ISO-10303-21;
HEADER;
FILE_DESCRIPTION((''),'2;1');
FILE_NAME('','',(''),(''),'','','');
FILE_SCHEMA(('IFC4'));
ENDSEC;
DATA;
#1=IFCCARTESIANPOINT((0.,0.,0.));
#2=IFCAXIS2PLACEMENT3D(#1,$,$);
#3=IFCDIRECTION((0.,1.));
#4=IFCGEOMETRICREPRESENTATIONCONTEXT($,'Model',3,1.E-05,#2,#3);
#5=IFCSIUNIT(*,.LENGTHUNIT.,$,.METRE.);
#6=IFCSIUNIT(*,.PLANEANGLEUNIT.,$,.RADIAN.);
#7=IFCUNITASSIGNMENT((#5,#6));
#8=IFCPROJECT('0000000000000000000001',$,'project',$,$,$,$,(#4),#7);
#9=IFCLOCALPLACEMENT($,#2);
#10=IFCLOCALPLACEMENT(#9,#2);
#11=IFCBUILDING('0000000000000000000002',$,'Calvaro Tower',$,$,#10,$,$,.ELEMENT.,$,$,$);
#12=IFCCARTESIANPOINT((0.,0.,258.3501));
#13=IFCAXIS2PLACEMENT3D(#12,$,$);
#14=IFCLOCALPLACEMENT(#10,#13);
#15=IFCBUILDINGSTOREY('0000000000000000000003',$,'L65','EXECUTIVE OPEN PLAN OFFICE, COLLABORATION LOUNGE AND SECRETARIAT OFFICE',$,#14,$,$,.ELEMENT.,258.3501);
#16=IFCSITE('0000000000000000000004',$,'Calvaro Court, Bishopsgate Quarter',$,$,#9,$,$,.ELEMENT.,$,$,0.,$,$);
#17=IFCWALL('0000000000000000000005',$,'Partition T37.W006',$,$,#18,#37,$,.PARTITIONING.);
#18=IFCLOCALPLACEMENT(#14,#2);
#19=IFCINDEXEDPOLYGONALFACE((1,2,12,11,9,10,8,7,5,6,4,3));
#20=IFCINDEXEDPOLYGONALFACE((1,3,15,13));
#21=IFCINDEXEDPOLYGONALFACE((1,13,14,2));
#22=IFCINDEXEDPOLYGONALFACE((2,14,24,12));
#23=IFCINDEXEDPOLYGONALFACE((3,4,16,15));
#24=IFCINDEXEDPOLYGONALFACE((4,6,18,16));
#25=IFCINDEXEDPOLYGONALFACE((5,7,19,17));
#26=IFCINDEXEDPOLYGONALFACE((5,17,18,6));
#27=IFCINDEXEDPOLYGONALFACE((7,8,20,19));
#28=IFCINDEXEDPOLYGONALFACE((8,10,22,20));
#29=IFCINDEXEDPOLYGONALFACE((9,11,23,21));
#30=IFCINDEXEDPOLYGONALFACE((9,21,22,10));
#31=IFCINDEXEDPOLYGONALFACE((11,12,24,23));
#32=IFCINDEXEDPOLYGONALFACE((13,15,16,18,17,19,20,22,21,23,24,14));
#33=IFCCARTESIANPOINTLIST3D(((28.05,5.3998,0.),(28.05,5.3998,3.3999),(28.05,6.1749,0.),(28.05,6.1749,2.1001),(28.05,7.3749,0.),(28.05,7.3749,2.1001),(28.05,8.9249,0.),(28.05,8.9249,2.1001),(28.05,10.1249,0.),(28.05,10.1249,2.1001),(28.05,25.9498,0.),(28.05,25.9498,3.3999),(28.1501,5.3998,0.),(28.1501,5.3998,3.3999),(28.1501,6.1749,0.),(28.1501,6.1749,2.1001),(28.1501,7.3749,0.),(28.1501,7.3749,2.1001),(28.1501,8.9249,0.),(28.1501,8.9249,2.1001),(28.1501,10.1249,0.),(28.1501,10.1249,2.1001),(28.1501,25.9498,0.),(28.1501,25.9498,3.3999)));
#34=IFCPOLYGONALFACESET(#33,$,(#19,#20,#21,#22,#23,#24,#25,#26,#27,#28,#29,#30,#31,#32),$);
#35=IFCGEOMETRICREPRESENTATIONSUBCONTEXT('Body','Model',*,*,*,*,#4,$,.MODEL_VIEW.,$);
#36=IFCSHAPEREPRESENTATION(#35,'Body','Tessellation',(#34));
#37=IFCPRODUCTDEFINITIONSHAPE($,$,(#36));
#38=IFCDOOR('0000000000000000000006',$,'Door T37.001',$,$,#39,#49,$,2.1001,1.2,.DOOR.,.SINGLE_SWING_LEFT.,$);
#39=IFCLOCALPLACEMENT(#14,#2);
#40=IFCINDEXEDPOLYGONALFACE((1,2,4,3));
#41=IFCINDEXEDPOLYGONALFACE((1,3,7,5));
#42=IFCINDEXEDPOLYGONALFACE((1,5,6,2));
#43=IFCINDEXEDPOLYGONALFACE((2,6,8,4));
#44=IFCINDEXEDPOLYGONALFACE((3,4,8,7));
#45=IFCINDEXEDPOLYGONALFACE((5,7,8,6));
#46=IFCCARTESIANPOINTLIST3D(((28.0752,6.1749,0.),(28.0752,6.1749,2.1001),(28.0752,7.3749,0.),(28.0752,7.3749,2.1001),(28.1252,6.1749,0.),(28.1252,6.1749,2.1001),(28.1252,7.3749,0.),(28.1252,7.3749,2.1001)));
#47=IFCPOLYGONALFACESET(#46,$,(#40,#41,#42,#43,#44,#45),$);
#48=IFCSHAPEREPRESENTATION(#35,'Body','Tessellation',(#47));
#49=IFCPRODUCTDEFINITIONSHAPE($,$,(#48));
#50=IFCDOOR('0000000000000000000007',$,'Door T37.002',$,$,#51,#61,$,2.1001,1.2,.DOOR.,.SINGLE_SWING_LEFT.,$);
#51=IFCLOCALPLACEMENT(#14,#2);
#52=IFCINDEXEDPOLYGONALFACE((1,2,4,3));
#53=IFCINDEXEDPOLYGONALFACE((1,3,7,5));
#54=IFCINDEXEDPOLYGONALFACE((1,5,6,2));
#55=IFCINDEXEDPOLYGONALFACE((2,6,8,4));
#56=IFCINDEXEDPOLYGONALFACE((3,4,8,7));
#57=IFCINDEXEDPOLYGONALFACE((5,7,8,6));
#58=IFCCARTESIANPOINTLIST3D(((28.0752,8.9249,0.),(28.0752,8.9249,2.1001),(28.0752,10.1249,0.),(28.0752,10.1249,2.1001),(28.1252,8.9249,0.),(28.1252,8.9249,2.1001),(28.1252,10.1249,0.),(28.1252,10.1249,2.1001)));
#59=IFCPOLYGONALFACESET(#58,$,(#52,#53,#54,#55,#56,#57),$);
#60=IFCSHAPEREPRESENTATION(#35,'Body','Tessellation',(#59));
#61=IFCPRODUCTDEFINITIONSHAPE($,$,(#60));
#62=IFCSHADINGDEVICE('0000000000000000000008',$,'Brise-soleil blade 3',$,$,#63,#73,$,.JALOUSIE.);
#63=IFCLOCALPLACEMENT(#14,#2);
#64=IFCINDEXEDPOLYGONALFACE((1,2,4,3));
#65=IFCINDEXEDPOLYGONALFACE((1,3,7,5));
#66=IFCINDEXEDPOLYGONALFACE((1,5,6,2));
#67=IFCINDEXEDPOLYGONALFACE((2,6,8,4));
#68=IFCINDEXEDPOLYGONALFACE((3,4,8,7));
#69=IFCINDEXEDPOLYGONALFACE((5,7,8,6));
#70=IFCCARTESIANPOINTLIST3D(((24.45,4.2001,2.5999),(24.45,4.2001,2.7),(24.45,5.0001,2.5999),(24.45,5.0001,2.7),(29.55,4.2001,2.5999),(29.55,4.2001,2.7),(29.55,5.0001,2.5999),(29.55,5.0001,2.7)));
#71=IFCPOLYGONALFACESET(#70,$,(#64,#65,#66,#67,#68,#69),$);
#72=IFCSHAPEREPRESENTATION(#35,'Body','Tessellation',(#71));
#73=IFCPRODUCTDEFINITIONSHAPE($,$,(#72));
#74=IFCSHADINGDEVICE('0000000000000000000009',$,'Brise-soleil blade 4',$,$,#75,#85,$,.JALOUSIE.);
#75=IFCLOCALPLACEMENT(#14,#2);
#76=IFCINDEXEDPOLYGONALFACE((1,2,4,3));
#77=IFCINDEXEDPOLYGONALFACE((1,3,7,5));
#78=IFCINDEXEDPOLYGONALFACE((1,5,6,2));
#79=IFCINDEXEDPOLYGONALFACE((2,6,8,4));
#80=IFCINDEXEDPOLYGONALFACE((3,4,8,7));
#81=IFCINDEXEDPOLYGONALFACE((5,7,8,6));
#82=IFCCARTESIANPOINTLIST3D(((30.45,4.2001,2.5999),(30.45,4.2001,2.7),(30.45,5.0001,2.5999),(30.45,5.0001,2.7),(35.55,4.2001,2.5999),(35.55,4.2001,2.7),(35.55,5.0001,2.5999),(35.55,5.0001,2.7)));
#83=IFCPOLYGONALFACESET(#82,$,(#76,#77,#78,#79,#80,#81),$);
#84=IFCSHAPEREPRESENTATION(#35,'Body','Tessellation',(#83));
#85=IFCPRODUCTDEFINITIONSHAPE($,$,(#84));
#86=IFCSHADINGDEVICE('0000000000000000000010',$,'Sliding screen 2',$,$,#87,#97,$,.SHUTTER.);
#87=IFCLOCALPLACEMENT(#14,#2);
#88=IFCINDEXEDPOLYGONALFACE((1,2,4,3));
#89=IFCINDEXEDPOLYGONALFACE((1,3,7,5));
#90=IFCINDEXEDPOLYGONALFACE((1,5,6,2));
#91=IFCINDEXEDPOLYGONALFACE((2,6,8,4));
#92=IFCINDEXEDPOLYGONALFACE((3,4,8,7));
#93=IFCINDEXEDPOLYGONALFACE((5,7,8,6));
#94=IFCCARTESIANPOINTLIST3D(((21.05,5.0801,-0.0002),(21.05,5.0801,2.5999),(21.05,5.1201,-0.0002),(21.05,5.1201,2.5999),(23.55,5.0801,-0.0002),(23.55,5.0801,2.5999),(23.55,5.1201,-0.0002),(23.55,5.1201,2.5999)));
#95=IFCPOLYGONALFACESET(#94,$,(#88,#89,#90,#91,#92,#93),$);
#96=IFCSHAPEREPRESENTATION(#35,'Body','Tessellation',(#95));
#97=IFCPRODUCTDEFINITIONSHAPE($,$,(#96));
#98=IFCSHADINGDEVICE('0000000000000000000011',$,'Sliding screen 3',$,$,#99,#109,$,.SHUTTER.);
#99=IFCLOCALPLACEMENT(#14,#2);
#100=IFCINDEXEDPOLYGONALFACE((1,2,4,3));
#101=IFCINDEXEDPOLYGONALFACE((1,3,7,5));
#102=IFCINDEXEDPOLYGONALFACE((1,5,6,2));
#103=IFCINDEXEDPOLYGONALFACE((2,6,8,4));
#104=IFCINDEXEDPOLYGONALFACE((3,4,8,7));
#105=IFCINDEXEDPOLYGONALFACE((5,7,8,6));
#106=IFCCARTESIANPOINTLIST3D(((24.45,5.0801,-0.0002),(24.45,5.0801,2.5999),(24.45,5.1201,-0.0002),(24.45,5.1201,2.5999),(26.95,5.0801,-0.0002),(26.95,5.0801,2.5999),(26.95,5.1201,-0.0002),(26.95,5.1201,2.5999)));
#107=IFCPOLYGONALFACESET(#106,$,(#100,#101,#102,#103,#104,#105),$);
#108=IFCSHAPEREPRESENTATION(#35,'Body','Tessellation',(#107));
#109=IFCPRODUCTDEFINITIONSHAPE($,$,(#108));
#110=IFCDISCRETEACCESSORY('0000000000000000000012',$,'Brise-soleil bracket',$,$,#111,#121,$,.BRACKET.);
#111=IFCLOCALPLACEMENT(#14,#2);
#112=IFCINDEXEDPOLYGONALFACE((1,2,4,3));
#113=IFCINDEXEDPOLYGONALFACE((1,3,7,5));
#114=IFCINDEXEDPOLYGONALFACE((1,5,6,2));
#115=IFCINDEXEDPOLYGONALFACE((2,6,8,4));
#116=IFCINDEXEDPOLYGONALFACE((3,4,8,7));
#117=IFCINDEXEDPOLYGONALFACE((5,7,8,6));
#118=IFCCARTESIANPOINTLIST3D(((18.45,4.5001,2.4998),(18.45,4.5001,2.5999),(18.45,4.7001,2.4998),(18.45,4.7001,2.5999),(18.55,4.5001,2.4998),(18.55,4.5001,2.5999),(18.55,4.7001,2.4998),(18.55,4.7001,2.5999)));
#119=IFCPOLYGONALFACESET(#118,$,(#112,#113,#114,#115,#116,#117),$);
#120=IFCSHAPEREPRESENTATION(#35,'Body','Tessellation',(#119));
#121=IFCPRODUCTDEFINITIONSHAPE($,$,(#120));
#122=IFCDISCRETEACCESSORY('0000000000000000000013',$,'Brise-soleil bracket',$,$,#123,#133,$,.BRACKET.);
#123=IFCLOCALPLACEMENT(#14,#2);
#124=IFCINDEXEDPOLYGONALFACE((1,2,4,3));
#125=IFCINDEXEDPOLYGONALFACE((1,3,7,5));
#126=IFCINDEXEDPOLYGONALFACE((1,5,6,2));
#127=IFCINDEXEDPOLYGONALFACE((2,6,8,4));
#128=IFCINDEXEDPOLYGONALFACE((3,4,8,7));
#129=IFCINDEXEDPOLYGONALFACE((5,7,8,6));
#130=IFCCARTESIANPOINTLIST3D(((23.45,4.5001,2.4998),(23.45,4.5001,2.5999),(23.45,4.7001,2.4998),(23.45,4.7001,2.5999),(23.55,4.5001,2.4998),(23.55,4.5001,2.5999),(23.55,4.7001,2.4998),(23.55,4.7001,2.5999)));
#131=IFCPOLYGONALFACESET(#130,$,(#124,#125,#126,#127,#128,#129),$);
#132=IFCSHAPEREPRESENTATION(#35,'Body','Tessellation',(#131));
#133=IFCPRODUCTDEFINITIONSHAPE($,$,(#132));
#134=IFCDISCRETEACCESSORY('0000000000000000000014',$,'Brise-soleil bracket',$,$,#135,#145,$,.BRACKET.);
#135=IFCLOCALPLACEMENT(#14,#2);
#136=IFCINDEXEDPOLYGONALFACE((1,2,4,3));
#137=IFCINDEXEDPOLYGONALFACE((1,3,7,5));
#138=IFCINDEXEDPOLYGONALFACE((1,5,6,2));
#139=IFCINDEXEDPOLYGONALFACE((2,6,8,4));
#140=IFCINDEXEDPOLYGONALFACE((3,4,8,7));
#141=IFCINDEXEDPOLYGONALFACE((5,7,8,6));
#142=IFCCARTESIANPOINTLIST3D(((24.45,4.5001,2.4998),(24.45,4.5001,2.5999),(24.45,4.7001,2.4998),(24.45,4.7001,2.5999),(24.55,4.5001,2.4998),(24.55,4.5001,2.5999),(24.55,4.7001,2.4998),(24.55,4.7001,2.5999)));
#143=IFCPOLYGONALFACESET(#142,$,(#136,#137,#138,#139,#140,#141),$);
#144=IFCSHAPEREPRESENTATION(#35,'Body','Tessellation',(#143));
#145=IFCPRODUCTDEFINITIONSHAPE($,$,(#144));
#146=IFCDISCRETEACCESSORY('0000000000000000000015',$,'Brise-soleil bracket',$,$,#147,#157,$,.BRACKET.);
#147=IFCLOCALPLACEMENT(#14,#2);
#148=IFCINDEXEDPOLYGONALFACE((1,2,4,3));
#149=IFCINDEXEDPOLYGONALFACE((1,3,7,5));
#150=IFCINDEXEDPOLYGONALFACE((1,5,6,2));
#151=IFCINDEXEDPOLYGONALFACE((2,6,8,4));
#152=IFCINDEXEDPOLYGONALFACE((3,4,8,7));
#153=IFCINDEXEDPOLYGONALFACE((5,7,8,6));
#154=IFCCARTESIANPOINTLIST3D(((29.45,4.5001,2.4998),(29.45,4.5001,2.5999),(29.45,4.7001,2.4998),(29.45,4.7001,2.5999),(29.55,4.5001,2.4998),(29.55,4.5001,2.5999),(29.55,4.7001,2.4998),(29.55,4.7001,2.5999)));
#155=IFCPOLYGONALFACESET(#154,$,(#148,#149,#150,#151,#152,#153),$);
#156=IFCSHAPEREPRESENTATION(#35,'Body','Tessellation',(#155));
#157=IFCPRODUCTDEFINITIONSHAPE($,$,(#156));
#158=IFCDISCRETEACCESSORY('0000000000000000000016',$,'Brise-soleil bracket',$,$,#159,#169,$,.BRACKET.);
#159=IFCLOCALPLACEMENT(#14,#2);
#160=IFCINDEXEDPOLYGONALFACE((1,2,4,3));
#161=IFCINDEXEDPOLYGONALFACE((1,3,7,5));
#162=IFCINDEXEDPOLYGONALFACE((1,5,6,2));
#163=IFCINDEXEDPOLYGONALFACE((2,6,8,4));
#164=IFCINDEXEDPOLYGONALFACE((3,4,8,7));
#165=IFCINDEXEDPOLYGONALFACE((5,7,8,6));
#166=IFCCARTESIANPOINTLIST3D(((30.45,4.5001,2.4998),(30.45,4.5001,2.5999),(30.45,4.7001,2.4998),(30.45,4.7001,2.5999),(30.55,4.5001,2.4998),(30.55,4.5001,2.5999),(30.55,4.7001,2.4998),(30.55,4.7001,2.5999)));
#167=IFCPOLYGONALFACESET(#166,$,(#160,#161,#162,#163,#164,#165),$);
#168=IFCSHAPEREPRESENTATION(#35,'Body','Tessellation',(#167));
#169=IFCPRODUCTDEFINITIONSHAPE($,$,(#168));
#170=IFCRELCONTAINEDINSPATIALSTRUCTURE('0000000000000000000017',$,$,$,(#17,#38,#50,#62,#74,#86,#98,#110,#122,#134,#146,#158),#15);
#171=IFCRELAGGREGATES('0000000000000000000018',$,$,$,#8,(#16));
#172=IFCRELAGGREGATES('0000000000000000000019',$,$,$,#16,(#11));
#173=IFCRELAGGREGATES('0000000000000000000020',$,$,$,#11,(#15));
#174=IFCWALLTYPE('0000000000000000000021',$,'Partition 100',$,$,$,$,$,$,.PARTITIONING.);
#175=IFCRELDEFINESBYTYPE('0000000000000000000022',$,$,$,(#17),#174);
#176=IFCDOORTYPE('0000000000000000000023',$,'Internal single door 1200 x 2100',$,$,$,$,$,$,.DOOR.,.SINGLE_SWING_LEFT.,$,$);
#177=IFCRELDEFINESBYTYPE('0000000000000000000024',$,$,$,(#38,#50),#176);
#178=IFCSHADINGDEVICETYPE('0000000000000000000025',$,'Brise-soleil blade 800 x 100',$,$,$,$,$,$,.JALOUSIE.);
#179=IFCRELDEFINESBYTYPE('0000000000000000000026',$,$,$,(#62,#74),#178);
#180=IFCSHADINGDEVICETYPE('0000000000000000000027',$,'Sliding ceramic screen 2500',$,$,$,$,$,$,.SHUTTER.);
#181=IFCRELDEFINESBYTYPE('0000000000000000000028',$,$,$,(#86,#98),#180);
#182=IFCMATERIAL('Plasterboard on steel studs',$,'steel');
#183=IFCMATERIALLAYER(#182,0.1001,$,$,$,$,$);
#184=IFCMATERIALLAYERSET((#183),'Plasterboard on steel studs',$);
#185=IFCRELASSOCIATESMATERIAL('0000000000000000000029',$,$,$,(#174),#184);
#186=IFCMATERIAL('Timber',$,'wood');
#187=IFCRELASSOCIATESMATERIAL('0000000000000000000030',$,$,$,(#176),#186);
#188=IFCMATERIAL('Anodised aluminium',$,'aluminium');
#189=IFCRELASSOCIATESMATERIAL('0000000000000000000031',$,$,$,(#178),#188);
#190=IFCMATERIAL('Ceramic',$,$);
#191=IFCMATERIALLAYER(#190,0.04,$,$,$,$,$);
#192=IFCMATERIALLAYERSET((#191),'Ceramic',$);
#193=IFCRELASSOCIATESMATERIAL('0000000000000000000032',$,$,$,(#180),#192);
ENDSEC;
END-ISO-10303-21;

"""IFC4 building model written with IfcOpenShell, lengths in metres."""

from ifc_helpers import new_model, si_unit, direction, frame, frame_2d, origin, origin_2d, place, context, subcontext, project, spatial, rectangle, extrude, material, layer, layer_set, material_profile, profile_set, type_object, element, fill, save


model = new_model("IFC4")

# Units and contexts
model_context = context("Model", 3, precision=1e-05, world=origin(), true_north=direction((0.0, 1.0)))
body_context = subcontext(model_context, "Body", "Model", "MODEL_VIEW")
ifc_project = project(units=[si_unit("LENGTHUNIT", "METRE"), si_unit("PLANEANGLEUNIT", "RADIAN")], contexts=[model_context])

# Site, building, storey
site_placement = place(None, origin())
site = spatial("IfcSite", under=ifc_project, at=site_placement, Name="Calvaro Court, Bishopsgate Quarter", CompositionType="ELEMENT", RefElevation=0.0)
building_placement = place(site_placement, origin())
building = spatial("IfcBuilding", under=site, at=building_placement, Name="Calvaro Tower", CompositionType="ELEMENT")
storey_placement = place(building_placement, frame((0.0, 0.0, 258.3501)))
storey = spatial("IfcBuildingStorey", under=building, at=storey_placement, Name="L65", Description="EXECUTIVE OPEN PLAN OFFICE, COLLABORATION LOUNGE AND SECRETARIAT OFFICE", CompositionType="ELEMENT", Elevation=258.3501)

# Shared definitions
ifc_material_1 = material(Name="Plasterboard on steel studs", Category="steel")
ifc_layer_1 = layer(ifc_material_1, 0.1001)
ifc_layer_set_1 = layer_set([ifc_layer_1], Name="Plasterboard on steel studs")
wall_type = type_object("IfcWallType", Name="Partition 100", PredefinedType="PARTITIONING", material=ifc_layer_set_1)

# Wall, openings, doors
wall_1_placement = place(storey_placement, frame((28.1001, 5.3999, 0.0), z_axis=(0.0, 0.0, 1.0), x_axis=(0.0, 1.0, 0.0)))
wall_1 = element("IfcWall", 1, at=wall_1_placement, inside=storey, type_object=wall_type, Name="Partition T37.W006", PredefinedType="PARTITIONING", context=body_context, shape_type="SweptSolid", body=[
    extrude(rectangle(XDim=20.55, YDim=0.1001, at=frame_2d((10.2749, 0.0))), origin(), (0.0, 0.0, 1.0), 3.3999),
])
opening_1_placement = place(wall_1_placement, frame((0.7749, 0.0, 0.0)))
opening_1 = element("IfcOpeningElement", 2, at=opening_1_placement, cuts=wall_1, PredefinedType="OPENING", context=body_context, shape_type="SweptSolid", body=[
    extrude(rectangle(XDim=1.2, YDim=2.1001, at=frame_2d((0.6001, 1.05))), frame((0.0, 0.0601, 0.0), z_axis=(0.0, -1.0, 0.0), x_axis=(1.0, 0.0, 0.0)), (0.0, 0.0, 1.0), 0.1201),
])
opening_2_placement = place(wall_1_placement, frame((3.5249, 0.0, 0.0)))
opening_2 = element("IfcOpeningElement", 3, at=opening_2_placement, cuts=wall_1, PredefinedType="OPENING", context=body_context, shape_type="SweptSolid", body=[
    extrude(rectangle(XDim=1.2, YDim=2.1001, at=frame_2d((0.6001, 1.05))), frame((0.0, 0.0601, 0.0), z_axis=(0.0, -1.0, 0.0), x_axis=(1.0, 0.0, 0.0)), (0.0, 0.0, 1.0), 0.1201),
])
ifc_material_2 = material(Name="Timber", Category="wood")
door_type_1 = type_object("IfcDoorType", Name="Internal single door 1200 x 2100", OperationType="SINGLE_SWING_LEFT", PredefinedType="DOOR", material=ifc_material_2)
door_1_placement = place(opening_1_placement, origin())
door_1 = element("IfcDoor", 4, at=door_1_placement, inside=storey, type_object=door_type_1, Name="Door T37.001", OperationType="SINGLE_SWING_LEFT", OverallHeight=2.1001, OverallWidth=1.2, PredefinedType="DOOR", context=body_context, shape_type="SweptSolid", body=[
    extrude(rectangle(XDim=1.2, YDim=2.1001, at=frame_2d((0.6001, 1.05))), frame((0.0, 0.0249, 0.0), z_axis=(0.0, -1.0, 0.0), x_axis=(1.0, 0.0, 0.0)), (0.0, 0.0, 1.0), 0.05),
])
fill(opening_1, door_1)
door_2_placement = place(opening_2_placement, origin())
door_2 = element("IfcDoor", 5, at=door_2_placement, inside=storey, type_object=door_type_1, Name="Door T37.002", OperationType="SINGLE_SWING_LEFT", OverallHeight=2.1001, OverallWidth=1.2, PredefinedType="DOOR", context=body_context, shape_type="SweptSolid", body=[
    extrude(rectangle(XDim=1.2, YDim=2.1001, at=frame_2d((0.6001, 1.05))), frame((0.0, 0.0249, 0.0), z_axis=(0.0, -1.0, 0.0), x_axis=(1.0, 0.0, 0.0)), (0.0, 0.0, 1.0), 0.05),
])
fill(opening_2, door_2)

# Shading devices
ifc_material_3 = material(Name="Anodised aluminium", Category="aluminium")
ifc_material_profile_1 = material_profile(ifc_material_3, rectangle(XDim=0.8, YDim=0.1001, at=origin_2d()), Name="Brise-soleil blade 800 x 100")
ifc_profile_set_1 = profile_set([ifc_material_profile_1], Name="Anodised aluminium")
shading_device_type_1 = type_object("IfcShadingDeviceType", Name="Brise-soleil blade 800 x 100", PredefinedType="JALOUSIE", material=ifc_profile_set_1)
for number, where, z_axis, x_axis, name in (
    (6, (24.45, 4.6001, 2.6499), (1.0, 0.0, 0.0), (0.0, 1.0, 0.0), "Brise-soleil blade 3"),
    (7, (30.45, 4.6001, 2.6499), (1.0, 0.0, 0.0), (0.0, 1.0, 0.0), "Brise-soleil blade 4"),
):
    element("IfcShadingDevice", number, at=place(storey_placement, frame(where, z_axis=z_axis, x_axis=x_axis)), inside=storey, type_object=shading_device_type_1, Name=name, PredefinedType="JALOUSIE", context=body_context, shape_type="SweptSolid", body=[
        extrude(rectangle(XDim=0.8, YDim=0.1001, at=origin_2d()), origin(), (0.0, 0.0, 1.0), 5.1001),
    ])
ifc_material_4 = material(Name="Ceramic")
ifc_layer_2 = layer(ifc_material_4, 0.04)
ifc_layer_set_2 = layer_set([ifc_layer_2], Name="Ceramic")
shading_device_type_2 = type_object("IfcShadingDeviceType", Name="Sliding ceramic screen 2500", PredefinedType="SHUTTER", material=ifc_layer_set_2)
for number, where, z_axis, x_axis, name in (
    (8, (22.3, 5.1001, -0.0002), (0.0, 0.0, 1.0), (1.0, 0.0, 0.0), "Sliding screen 2"),
    (9, (25.7, 5.1001, -0.0002), (0.0, 0.0, 1.0), (1.0, 0.0, 0.0), "Sliding screen 3"),
):
    element("IfcShadingDevice", number, at=place(storey_placement, frame(where, z_axis=z_axis, x_axis=x_axis)), inside=storey, type_object=shading_device_type_2, Name=name, PredefinedType="SHUTTER", context=body_context, shape_type="SweptSolid", body=[
        extrude(rectangle(XDim=2.5, YDim=0.04, at=origin_2d()), origin(), (0.0, 0.0, 1.0), 2.6001),
    ])

# Discrete accessories
for number, where, z_axis, x_axis, name in (
    (10, (18.5, 4.6001, 2.4998), (0.0, 0.0, 1.0), (1.0, 0.0, 0.0), "Brise-soleil bracket"),
    (11, (23.5, 4.6001, 2.4998), (0.0, 0.0, 1.0), (1.0, 0.0, 0.0), "Brise-soleil bracket"),
    (12, (24.5, 4.6001, 2.4998), (0.0, 0.0, 1.0), (1.0, 0.0, 0.0), "Brise-soleil bracket"),
    (13, (29.5, 4.6001, 2.4998), (0.0, 0.0, 1.0), (1.0, 0.0, 0.0), "Brise-soleil bracket"),
    (14, (30.5, 4.6001, 2.4998), (0.0, 0.0, 1.0), (1.0, 0.0, 0.0), "Brise-soleil bracket"),
):
    element("IfcDiscreteAccessory", number, at=place(storey_placement, frame(where, z_axis=z_axis, x_axis=x_axis)), inside=storey, Name=name, PredefinedType="BRACKET", context=body_context, shape_type="SweptSolid", body=[
        extrude(rectangle(XDim=0.1001, YDim=0.2, at=origin_2d()), origin(), (0.0, 0.0, 1.0), 0.1001),
    ])

save(model, "model.ifc")
